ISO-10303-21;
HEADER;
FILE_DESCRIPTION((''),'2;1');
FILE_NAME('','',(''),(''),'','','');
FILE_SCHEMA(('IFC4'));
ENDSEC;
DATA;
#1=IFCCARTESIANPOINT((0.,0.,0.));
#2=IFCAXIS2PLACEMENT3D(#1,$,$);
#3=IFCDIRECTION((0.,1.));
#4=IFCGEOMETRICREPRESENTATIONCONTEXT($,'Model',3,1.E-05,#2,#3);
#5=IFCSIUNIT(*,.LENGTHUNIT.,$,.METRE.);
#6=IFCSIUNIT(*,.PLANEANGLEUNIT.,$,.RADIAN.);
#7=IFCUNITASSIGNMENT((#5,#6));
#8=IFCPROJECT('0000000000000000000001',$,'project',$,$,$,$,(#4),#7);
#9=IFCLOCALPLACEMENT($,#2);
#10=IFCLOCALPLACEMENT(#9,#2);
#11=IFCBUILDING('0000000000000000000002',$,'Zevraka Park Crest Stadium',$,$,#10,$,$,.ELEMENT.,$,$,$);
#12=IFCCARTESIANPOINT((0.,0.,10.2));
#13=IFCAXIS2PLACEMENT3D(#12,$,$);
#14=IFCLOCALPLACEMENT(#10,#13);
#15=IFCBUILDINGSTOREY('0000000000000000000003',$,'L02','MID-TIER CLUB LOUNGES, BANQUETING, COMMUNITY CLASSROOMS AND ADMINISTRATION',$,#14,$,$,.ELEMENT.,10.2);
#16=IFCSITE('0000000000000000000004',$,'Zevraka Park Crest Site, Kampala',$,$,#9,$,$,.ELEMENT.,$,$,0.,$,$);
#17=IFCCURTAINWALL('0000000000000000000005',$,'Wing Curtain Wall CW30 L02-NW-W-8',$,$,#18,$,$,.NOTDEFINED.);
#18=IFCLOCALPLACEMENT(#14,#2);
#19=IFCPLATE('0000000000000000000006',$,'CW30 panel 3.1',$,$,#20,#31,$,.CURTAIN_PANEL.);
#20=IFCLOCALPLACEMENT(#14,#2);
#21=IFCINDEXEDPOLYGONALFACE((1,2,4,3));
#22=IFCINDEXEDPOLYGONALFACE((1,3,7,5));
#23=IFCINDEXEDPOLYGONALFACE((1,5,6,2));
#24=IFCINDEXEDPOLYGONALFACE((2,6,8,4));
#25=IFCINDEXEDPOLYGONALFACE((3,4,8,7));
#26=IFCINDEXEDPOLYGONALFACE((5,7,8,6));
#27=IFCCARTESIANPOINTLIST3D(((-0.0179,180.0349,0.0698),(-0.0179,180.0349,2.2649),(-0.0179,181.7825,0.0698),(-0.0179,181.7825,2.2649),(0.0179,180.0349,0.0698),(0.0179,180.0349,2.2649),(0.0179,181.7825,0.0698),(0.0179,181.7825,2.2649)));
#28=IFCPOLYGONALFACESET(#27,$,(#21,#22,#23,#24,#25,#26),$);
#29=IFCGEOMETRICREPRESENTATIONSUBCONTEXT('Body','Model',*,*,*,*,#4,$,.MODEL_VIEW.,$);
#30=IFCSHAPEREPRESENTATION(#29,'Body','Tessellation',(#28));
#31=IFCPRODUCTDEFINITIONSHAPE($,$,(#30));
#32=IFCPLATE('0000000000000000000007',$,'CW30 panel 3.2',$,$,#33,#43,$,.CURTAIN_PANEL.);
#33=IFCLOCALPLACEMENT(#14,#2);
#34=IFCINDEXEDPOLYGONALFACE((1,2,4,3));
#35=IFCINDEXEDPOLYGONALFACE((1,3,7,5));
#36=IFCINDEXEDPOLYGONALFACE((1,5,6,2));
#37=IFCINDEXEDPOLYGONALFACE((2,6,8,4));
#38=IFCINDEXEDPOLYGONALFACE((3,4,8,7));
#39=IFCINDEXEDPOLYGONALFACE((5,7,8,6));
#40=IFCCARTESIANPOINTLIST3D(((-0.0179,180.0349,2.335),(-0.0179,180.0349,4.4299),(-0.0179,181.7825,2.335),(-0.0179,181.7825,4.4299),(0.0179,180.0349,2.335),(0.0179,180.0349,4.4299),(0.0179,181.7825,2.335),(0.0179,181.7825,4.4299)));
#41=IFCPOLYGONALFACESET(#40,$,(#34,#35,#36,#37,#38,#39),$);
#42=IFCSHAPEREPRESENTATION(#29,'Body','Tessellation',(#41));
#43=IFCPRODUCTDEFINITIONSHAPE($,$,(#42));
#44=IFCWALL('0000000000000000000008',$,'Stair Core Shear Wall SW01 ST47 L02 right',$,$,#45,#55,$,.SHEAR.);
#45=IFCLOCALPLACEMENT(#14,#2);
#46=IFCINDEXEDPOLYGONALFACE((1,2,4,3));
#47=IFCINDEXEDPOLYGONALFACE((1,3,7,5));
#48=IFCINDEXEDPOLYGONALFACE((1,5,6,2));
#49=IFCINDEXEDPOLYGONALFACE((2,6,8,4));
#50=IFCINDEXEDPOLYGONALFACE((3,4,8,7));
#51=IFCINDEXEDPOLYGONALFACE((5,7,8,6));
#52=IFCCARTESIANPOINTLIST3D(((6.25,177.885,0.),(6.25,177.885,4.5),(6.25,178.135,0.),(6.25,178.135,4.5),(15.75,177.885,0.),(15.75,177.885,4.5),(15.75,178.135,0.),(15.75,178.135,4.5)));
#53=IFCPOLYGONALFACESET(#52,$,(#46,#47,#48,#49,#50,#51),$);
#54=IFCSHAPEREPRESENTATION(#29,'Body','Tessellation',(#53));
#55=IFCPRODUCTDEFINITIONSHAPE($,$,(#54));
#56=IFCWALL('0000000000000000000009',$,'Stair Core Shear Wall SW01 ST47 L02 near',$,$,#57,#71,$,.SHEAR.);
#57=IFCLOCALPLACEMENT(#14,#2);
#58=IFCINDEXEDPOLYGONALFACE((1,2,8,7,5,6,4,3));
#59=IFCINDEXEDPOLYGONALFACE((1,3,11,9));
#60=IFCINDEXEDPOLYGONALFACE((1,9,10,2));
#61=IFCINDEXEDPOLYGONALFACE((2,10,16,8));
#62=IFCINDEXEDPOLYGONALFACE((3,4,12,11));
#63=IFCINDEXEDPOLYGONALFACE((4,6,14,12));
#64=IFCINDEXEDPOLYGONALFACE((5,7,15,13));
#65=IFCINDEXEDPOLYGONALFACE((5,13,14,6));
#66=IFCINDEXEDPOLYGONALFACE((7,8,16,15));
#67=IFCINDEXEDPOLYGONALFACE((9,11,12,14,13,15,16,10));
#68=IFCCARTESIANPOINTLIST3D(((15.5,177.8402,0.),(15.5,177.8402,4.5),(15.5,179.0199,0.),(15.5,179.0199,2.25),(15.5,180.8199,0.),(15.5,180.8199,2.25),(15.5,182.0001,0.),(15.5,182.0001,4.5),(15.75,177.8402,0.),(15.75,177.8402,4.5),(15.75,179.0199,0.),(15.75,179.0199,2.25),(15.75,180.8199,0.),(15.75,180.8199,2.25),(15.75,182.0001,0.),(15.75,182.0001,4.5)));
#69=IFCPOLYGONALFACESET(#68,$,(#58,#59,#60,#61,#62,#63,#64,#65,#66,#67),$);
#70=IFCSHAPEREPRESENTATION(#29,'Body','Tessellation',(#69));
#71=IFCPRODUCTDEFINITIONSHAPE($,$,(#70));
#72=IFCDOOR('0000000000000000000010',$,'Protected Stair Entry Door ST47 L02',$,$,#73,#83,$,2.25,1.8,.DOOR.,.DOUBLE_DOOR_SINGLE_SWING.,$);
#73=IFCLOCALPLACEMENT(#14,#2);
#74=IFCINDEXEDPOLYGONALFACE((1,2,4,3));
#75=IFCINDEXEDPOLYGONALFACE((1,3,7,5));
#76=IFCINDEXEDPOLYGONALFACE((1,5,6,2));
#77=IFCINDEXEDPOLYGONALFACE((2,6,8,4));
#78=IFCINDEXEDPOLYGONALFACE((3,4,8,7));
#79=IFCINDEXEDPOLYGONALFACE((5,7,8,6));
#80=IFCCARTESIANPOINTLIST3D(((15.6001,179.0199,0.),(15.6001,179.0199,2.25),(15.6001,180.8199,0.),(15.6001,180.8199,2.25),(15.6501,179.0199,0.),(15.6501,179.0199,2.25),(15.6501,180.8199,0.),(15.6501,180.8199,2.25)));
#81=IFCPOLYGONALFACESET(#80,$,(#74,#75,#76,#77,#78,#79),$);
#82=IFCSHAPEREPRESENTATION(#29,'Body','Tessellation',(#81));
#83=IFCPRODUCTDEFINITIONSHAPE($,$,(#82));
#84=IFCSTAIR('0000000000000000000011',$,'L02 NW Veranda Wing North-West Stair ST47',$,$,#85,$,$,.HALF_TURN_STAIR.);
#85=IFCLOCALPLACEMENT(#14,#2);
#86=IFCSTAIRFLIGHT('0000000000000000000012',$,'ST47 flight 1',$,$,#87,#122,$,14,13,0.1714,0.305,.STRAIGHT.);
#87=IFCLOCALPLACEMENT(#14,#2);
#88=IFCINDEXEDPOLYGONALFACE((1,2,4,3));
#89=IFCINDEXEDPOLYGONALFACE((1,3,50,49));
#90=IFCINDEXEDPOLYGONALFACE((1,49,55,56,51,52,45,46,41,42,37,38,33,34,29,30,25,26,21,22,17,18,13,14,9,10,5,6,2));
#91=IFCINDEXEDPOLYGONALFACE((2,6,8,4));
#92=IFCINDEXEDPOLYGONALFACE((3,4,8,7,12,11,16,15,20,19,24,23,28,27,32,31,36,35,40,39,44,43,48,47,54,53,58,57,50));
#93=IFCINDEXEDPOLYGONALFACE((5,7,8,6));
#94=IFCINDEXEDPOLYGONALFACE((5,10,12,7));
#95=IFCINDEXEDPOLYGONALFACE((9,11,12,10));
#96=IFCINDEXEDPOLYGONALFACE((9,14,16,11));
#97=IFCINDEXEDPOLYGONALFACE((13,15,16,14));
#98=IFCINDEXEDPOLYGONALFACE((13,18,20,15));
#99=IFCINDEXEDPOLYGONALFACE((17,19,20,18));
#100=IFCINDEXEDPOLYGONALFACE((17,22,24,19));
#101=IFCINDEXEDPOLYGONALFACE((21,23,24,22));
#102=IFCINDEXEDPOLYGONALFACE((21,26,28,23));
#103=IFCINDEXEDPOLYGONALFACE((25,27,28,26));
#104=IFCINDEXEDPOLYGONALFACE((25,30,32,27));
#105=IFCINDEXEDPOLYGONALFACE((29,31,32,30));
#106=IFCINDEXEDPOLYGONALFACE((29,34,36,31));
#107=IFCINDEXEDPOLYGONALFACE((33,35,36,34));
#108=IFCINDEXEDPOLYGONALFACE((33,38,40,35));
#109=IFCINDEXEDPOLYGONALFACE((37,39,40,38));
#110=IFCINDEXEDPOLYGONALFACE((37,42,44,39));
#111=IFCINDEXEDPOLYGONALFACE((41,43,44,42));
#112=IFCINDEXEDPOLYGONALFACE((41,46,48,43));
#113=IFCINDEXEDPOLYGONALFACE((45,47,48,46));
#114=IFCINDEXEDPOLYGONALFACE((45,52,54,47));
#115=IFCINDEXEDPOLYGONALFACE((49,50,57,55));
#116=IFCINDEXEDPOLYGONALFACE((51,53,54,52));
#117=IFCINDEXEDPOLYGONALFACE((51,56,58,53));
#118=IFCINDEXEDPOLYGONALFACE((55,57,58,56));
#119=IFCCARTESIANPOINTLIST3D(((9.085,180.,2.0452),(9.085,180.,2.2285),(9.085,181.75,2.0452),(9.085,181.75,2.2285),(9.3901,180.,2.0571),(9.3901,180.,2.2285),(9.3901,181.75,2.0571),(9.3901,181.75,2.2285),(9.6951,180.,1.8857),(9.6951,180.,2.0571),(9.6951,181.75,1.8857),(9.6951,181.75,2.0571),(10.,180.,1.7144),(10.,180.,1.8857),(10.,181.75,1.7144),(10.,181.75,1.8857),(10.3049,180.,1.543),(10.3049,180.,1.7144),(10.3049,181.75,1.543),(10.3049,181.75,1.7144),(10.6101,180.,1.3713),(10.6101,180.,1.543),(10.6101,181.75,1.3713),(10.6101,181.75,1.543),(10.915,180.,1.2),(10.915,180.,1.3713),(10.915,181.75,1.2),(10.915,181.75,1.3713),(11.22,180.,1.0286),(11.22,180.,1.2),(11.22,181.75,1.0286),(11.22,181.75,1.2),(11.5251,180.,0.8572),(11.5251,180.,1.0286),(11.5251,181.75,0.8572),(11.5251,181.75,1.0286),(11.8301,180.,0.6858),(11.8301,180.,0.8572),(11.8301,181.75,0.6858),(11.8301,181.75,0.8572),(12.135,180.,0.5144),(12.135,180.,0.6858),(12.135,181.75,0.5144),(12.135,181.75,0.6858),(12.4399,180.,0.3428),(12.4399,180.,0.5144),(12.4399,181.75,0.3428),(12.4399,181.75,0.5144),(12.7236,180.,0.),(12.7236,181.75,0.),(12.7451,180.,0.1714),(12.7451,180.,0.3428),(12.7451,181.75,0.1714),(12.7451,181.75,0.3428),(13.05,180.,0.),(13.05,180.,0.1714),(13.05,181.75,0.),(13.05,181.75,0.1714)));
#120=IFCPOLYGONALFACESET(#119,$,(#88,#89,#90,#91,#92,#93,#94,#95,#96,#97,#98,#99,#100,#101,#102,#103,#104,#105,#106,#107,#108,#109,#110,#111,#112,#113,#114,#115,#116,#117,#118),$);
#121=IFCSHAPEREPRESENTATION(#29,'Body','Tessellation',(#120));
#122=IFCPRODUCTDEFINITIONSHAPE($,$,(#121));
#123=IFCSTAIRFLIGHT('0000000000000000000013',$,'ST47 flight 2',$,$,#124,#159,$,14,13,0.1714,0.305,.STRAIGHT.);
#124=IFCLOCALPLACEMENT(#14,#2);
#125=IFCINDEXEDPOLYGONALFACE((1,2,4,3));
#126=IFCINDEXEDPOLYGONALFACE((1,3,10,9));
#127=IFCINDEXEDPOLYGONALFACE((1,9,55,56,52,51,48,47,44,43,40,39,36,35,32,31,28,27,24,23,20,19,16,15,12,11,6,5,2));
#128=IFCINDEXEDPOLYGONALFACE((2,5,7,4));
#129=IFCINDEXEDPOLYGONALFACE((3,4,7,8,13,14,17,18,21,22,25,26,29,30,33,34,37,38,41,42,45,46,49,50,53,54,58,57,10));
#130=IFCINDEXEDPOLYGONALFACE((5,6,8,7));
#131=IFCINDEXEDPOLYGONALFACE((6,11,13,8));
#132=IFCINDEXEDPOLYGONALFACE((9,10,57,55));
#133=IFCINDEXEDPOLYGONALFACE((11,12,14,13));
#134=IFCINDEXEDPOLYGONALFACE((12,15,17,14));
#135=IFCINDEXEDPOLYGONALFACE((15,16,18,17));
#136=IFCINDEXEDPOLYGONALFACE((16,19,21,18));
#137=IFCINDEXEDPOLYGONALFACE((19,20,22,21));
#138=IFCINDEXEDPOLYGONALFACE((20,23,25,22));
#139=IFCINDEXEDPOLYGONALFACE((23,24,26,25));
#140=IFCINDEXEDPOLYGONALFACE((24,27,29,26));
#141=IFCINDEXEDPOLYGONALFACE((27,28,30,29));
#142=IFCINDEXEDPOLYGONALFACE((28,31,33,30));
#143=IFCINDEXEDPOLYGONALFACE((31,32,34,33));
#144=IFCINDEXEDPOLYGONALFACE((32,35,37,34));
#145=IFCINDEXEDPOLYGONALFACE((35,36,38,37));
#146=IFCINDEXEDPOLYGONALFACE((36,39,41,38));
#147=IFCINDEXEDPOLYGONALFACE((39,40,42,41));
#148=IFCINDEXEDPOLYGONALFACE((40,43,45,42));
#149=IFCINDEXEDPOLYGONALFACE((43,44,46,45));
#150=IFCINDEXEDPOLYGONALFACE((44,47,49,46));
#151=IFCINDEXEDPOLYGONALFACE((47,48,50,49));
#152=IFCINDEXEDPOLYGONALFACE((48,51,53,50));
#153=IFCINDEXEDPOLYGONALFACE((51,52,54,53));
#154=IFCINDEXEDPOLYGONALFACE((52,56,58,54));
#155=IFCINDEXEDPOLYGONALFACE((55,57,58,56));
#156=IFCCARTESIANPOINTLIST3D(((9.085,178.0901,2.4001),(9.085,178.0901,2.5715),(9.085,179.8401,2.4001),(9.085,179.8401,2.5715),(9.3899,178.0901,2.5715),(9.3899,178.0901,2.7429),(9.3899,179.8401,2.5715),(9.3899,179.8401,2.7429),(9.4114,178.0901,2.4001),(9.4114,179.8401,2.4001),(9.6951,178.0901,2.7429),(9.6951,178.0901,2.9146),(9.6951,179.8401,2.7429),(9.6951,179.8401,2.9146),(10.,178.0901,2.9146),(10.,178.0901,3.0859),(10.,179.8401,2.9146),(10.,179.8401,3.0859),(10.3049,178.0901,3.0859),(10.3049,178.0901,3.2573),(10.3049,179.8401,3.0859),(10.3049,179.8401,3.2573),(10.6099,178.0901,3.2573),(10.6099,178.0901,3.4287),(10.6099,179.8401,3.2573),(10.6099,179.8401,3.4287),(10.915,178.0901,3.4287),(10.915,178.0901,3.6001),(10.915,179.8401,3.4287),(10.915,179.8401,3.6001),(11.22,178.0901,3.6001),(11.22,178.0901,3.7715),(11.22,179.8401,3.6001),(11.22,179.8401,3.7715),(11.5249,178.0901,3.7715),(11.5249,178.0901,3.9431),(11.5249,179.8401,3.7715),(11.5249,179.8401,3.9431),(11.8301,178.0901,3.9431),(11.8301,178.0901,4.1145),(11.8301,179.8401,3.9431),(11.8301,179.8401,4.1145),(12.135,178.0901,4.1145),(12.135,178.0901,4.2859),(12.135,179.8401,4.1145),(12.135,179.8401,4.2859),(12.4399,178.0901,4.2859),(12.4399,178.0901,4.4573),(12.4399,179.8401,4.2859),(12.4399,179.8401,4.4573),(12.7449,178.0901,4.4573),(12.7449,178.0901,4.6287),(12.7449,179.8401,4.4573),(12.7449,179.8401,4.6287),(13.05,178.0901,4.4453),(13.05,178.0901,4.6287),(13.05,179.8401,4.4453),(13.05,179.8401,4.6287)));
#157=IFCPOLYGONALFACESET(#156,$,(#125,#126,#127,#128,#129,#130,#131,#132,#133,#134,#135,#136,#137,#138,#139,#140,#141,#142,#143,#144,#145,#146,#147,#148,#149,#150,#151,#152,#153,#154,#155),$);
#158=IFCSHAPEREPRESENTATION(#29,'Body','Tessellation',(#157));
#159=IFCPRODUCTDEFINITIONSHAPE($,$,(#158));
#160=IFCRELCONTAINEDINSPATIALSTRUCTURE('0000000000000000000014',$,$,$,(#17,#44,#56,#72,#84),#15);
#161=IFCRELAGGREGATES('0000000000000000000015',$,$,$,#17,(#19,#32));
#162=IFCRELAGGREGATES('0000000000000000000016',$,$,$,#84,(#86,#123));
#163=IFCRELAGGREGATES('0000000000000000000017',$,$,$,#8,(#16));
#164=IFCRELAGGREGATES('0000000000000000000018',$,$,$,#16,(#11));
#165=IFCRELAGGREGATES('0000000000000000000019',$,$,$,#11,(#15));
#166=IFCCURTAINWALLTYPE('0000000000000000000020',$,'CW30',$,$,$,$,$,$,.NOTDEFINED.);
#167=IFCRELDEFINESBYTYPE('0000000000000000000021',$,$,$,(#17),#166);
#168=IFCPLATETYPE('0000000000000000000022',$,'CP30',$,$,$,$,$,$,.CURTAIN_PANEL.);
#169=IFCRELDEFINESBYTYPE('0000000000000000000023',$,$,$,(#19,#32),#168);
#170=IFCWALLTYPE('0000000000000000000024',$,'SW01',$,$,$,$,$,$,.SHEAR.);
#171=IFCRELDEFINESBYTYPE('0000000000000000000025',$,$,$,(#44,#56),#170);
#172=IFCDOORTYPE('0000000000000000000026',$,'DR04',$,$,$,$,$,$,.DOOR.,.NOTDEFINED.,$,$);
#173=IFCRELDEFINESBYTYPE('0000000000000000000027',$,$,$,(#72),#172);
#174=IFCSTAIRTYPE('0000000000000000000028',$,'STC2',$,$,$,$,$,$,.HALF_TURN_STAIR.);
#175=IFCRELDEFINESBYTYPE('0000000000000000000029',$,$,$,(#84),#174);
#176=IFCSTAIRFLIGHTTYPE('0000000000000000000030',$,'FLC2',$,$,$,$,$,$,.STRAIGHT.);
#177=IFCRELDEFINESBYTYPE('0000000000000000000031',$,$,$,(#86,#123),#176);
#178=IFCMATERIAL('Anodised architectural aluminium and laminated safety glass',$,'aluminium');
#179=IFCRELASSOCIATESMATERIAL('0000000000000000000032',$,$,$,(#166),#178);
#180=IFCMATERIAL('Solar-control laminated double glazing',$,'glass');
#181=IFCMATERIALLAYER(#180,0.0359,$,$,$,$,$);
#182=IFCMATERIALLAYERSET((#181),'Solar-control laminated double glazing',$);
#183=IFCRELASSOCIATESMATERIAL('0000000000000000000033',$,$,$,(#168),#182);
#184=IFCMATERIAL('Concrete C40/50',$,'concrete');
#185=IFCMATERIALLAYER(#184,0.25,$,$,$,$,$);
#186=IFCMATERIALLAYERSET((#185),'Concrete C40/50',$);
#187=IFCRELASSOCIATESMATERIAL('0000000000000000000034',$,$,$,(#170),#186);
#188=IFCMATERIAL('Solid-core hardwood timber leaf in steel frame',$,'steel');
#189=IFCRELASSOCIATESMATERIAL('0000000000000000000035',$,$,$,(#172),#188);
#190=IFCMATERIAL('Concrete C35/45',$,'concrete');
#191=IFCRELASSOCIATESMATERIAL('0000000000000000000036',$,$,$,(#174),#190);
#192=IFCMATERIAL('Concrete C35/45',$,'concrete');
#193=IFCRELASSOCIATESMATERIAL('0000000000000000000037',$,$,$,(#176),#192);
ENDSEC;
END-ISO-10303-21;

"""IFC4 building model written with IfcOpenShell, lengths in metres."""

from ifc_helpers import new_model, si_unit, direction, frame, frame_2d, origin, origin_2d, place, context, subcontext, project, spatial, polyline, rectangle, outline, extrude, material, layer, layer_set, type_object, element, fill, aggregate, save


model = new_model("IFC4")

# Units and contexts
model_context = context("Model", 3, precision=1e-05, world=origin(), true_north=direction((0.0, 1.0)))
body_context = subcontext(model_context, "Body", "Model", "MODEL_VIEW")
ifc_project = project(units=[si_unit("LENGTHUNIT", "METRE"), si_unit("PLANEANGLEUNIT", "RADIAN")], contexts=[model_context])

# Site, building, storey
site_placement = place(None, origin())
site = spatial("IfcSite", under=ifc_project, at=site_placement, Name="Zevraka Park Crest Site, Kampala", CompositionType="ELEMENT", RefElevation=0.0)
building_placement = place(site_placement, origin())
building = spatial("IfcBuilding", under=site, at=building_placement, Name="Zevraka Park Crest Stadium", CompositionType="ELEMENT")
storey_placement = place(building_placement, frame((0.0, 0.0, 10.2)))
storey = spatial("IfcBuildingStorey", under=building, at=storey_placement, Name="L02", Description="MID-TIER CLUB LOUNGES, BANQUETING, COMMUNITY CLASSROOMS AND ADMINISTRATION", CompositionType="ELEMENT", Elevation=10.2)

# Curtain wall
ifc_material_1 = material(Name="Anodised architectural aluminium and laminated safety glass", Category="aluminium")
curtain_wall_type = type_object("IfcCurtainWallType", Name="CW30", PredefinedType="NOTDEFINED", material=ifc_material_1)
curtain_wall_placement = place(storey_placement, origin())
curtain_wall = element("IfcCurtainWall", 1, at=curtain_wall_placement, inside=storey, type_object=curtain_wall_type, Name="Wing Curtain Wall CW30 L02-NW-W-8", PredefinedType="NOTDEFINED")

# Plates
ifc_material_2 = material(Name="Solar-control laminated double glazing", Category="glass")
ifc_layer_1 = layer(ifc_material_2, 0.0359)
ifc_layer_set_1 = layer_set([ifc_layer_1], Name="Solar-control laminated double glazing")
plate_type = type_object("IfcPlateType", Name="CP30", PredefinedType="CURTAIN_PANEL", material=ifc_layer_set_1)
plate_1_placement = place(storey_placement, frame((0.0, 180.9087, 0.0698), z_axis=(0.0, 0.0, 1.0), x_axis=(0.0, 1.0, 0.0)))
plate_1 = element("IfcPlate", 2, at=plate_1_placement, type_object=plate_type, Name="CW30 panel 3.1", PredefinedType="CURTAIN_PANEL", context=body_context, shape_type="SweptSolid", body=[
    extrude(rectangle(XDim=1.7476, YDim=0.0359, at=origin_2d()), origin(), (0.0, 0.0, 1.0), 2.1951),
])
plate_2_placement = place(storey_placement, frame((0.0, 180.9087, 2.335), z_axis=(0.0, 0.0, 1.0), x_axis=(0.0, 1.0, 0.0)))
plate_2 = element("IfcPlate", 3, at=plate_2_placement, type_object=plate_type, Name="CW30 panel 3.2", PredefinedType="CURTAIN_PANEL", context=body_context, shape_type="SweptSolid", body=[
    extrude(rectangle(XDim=1.7476, YDim=0.0359, at=origin_2d()), origin(), (0.0, 0.0, 1.0), 2.095),
])
aggregate(curtain_wall, [plate_1, plate_2])

# Wall
ifc_material_3 = material(Name="Concrete C40/50", Category="concrete")
ifc_layer_2 = layer(ifc_material_3, 0.25)
ifc_layer_set_2 = layer_set([ifc_layer_2], Name="Concrete C40/50")
wall_type = type_object("IfcWallType", Name="SW01", PredefinedType="SHEAR", material=ifc_layer_set_2)
wall_1_placement = place(storey_placement, frame((6.25, 178.01, 0.0), z_axis=(0.0, 0.0, 1.0), x_axis=(1.0, 0.0, 0.0)))
element("IfcWall", 4, at=wall_1_placement, inside=storey, type_object=wall_type, Name="Stair Core Shear Wall SW01 ST47 L02 right", PredefinedType="SHEAR", context=body_context, shape_type="SweptSolid", body=[
    extrude(rectangle(XDim=9.5, YDim=0.25, at=frame_2d((4.75, 0.0))), origin(), (0.0, 0.0, 1.0), 4.5),
])

# Wall, opening, door
wall_2_placement = place(storey_placement, frame((15.625, 177.8401, 0.0), z_axis=(0.0, 0.0, 1.0), x_axis=(0.0, 1.0, 0.0)))
wall_2 = element("IfcWall", 5, at=wall_2_placement, inside=storey, type_object=wall_type, Name="Stair Core Shear Wall SW01 ST47 L02 near", PredefinedType="SHEAR", context=body_context, shape_type="SweptSolid", body=[
    extrude(rectangle(XDim=4.1599, YDim=0.25, at=frame_2d((2.0801, 0.0))), origin(), (0.0, 0.0, 1.0), 4.5),
])
opening_placement = place(wall_2_placement, frame((1.1799, 0.0, 0.0)))
opening = element("IfcOpeningElement", 6, at=opening_placement, cuts=wall_2, PredefinedType="OPENING", context=body_context, shape_type="SweptSolid", body=[
    extrude(rectangle(XDim=1.8, YDim=2.25, at=frame_2d((0.8999, 1.125))), frame((0.0, 0.135, 0.0), z_axis=(0.0, -1.0, 0.0), x_axis=(1.0, 0.0, 0.0)), (0.0, 0.0, 1.0), 0.27),
])
ifc_material_4 = material(Name="Solid-core hardwood timber leaf in steel frame", Category="steel")
door_type = type_object("IfcDoorType", Name="DR04", OperationType="NOTDEFINED", PredefinedType="DOOR", material=ifc_material_4)
door_placement = place(opening_placement, origin())
door = element("IfcDoor", 7, at=door_placement, inside=storey, type_object=door_type, Name="Protected Stair Entry Door ST47 L02", OperationType="DOUBLE_DOOR_SINGLE_SWING", OverallHeight=2.25, OverallWidth=1.8, PredefinedType="DOOR", context=body_context, shape_type="SweptSolid", body=[
    extrude(rectangle(XDim=1.8, YDim=2.25, at=frame_2d((0.8999, 1.125))), frame((0.0, 0.0249, 0.0), z_axis=(0.0, -1.0, 0.0), x_axis=(1.0, 0.0, 0.0)), (0.0, 0.0, 1.0), 0.05),
])
fill(opening, door)

# Stair, stair flights
ifc_material_5 = material(Name="Concrete C35/45", Category="concrete")
stair_type = type_object("IfcStairType", Name="STC2", PredefinedType="HALF_TURN_STAIR", material=ifc_material_5)
stair_placement = place(storey_placement, origin())
stair = element("IfcStair", 8, at=stair_placement, inside=storey, type_object=stair_type, Name="L02 NW Veranda Wing North-West Stair ST47", PredefinedType="HALF_TURN_STAIR")
ifc_material_6 = material(Name="Concrete C35/45", Category="concrete")
stair_flight_type = type_object("IfcStairFlightType", Name="FLC2", PredefinedType="STRAIGHT", material=ifc_material_6)
stair_flight_1_placement = place(storey_placement, frame((13.05, 180.875, 0.0), z_axis=(0.0, 0.0, 1.0), x_axis=(-1.0, 0.0, 0.0)))
stair_flight_1 = element("IfcStairFlight", 9, at=stair_flight_1_placement, type_object=stair_flight_type, Name="ST47 flight 1", NumberOfRisers=14, NumberOfTreads=13, PredefinedType="STRAIGHT", RiserHeight=0.1714, TreadLength=0.305, context=body_context, shape_type="SweptSolid", body=[
    extrude(outline(polyline([(0.0, 0.0), (0.0, 0.1714), (0.3049, 0.1714), (0.3049, 0.3428), (0.6101, 0.3428), (0.6101, 0.5144), (0.915, 0.5144), (0.915, 0.6858), (1.22, 0.6858), (1.22, 0.8572), (1.5249, 0.8572), (1.5249, 1.0286), (1.8301, 1.0286), (1.8301, 1.2), (2.135, 1.2), (2.135, 1.3713), (2.4399, 1.3713), (2.4399, 1.543), (2.7451, 1.543), (2.7451, 1.7144), (3.05, 1.7144), (3.05, 1.8857), (3.355, 1.8857), (3.355, 2.0571), (3.6599, 2.0571), (3.6599, 2.2285), (3.9651, 2.2285), (3.9651, 2.3999), (3.9651, 2.0452), (0.3264, 0.0), (0.0, 0.0)])), frame((0.0, 0.875, 0.0), z_axis=(0.0, -1.0, 0.0), x_axis=(1.0, 0.0, 0.0)), (0.0, 0.0, 1.0), 1.75),
])
stair_flight_2_placement = place(storey_placement, frame((9.085, 178.9651, 2.4001), z_axis=(0.0, 0.0, 1.0), x_axis=(1.0, 0.0, 0.0)))
stair_flight_2 = element("IfcStairFlight", 10, at=stair_flight_2_placement, type_object=stair_flight_type, Name="ST47 flight 2", NumberOfRisers=14, NumberOfTreads=13, PredefinedType="STRAIGHT", RiserHeight=0.1714, TreadLength=0.305, context=body_context, shape_type="SweptSolid", body=[
    extrude(outline(polyline([(0.0, 0.0), (0.0, 0.1714), (0.3049, 0.1714), (0.3049, 0.3428), (0.6101, 0.3428), (0.6101, 0.5144), (0.915, 0.5144), (0.915, 0.6858), (1.22, 0.6858), (1.22, 0.8572), (1.5249, 0.8572), (1.5249, 1.0286), (1.8301, 1.0286), (1.8301, 1.2), (2.135, 1.2), (2.135, 1.3713), (2.4399, 1.3713), (2.4399, 1.543), (2.7451, 1.543), (2.7451, 1.7144), (3.05, 1.7144), (3.05, 1.8857), (3.355, 1.8857), (3.355, 2.0571), (3.6599, 2.0571), (3.6599, 2.2285), (3.9651, 2.2285), (3.9651, 2.3999), (3.9651, 2.0452), (0.3264, 0.0), (0.0, 0.0)])), frame((0.0, 0.875, 0.0), z_axis=(0.0, -1.0, 0.0), x_axis=(1.0, 0.0, 0.0)), (0.0, 0.0, 1.0), 1.75),
])
aggregate(stair, [stair_flight_1, stair_flight_2])

save(model, "model.ifc")
